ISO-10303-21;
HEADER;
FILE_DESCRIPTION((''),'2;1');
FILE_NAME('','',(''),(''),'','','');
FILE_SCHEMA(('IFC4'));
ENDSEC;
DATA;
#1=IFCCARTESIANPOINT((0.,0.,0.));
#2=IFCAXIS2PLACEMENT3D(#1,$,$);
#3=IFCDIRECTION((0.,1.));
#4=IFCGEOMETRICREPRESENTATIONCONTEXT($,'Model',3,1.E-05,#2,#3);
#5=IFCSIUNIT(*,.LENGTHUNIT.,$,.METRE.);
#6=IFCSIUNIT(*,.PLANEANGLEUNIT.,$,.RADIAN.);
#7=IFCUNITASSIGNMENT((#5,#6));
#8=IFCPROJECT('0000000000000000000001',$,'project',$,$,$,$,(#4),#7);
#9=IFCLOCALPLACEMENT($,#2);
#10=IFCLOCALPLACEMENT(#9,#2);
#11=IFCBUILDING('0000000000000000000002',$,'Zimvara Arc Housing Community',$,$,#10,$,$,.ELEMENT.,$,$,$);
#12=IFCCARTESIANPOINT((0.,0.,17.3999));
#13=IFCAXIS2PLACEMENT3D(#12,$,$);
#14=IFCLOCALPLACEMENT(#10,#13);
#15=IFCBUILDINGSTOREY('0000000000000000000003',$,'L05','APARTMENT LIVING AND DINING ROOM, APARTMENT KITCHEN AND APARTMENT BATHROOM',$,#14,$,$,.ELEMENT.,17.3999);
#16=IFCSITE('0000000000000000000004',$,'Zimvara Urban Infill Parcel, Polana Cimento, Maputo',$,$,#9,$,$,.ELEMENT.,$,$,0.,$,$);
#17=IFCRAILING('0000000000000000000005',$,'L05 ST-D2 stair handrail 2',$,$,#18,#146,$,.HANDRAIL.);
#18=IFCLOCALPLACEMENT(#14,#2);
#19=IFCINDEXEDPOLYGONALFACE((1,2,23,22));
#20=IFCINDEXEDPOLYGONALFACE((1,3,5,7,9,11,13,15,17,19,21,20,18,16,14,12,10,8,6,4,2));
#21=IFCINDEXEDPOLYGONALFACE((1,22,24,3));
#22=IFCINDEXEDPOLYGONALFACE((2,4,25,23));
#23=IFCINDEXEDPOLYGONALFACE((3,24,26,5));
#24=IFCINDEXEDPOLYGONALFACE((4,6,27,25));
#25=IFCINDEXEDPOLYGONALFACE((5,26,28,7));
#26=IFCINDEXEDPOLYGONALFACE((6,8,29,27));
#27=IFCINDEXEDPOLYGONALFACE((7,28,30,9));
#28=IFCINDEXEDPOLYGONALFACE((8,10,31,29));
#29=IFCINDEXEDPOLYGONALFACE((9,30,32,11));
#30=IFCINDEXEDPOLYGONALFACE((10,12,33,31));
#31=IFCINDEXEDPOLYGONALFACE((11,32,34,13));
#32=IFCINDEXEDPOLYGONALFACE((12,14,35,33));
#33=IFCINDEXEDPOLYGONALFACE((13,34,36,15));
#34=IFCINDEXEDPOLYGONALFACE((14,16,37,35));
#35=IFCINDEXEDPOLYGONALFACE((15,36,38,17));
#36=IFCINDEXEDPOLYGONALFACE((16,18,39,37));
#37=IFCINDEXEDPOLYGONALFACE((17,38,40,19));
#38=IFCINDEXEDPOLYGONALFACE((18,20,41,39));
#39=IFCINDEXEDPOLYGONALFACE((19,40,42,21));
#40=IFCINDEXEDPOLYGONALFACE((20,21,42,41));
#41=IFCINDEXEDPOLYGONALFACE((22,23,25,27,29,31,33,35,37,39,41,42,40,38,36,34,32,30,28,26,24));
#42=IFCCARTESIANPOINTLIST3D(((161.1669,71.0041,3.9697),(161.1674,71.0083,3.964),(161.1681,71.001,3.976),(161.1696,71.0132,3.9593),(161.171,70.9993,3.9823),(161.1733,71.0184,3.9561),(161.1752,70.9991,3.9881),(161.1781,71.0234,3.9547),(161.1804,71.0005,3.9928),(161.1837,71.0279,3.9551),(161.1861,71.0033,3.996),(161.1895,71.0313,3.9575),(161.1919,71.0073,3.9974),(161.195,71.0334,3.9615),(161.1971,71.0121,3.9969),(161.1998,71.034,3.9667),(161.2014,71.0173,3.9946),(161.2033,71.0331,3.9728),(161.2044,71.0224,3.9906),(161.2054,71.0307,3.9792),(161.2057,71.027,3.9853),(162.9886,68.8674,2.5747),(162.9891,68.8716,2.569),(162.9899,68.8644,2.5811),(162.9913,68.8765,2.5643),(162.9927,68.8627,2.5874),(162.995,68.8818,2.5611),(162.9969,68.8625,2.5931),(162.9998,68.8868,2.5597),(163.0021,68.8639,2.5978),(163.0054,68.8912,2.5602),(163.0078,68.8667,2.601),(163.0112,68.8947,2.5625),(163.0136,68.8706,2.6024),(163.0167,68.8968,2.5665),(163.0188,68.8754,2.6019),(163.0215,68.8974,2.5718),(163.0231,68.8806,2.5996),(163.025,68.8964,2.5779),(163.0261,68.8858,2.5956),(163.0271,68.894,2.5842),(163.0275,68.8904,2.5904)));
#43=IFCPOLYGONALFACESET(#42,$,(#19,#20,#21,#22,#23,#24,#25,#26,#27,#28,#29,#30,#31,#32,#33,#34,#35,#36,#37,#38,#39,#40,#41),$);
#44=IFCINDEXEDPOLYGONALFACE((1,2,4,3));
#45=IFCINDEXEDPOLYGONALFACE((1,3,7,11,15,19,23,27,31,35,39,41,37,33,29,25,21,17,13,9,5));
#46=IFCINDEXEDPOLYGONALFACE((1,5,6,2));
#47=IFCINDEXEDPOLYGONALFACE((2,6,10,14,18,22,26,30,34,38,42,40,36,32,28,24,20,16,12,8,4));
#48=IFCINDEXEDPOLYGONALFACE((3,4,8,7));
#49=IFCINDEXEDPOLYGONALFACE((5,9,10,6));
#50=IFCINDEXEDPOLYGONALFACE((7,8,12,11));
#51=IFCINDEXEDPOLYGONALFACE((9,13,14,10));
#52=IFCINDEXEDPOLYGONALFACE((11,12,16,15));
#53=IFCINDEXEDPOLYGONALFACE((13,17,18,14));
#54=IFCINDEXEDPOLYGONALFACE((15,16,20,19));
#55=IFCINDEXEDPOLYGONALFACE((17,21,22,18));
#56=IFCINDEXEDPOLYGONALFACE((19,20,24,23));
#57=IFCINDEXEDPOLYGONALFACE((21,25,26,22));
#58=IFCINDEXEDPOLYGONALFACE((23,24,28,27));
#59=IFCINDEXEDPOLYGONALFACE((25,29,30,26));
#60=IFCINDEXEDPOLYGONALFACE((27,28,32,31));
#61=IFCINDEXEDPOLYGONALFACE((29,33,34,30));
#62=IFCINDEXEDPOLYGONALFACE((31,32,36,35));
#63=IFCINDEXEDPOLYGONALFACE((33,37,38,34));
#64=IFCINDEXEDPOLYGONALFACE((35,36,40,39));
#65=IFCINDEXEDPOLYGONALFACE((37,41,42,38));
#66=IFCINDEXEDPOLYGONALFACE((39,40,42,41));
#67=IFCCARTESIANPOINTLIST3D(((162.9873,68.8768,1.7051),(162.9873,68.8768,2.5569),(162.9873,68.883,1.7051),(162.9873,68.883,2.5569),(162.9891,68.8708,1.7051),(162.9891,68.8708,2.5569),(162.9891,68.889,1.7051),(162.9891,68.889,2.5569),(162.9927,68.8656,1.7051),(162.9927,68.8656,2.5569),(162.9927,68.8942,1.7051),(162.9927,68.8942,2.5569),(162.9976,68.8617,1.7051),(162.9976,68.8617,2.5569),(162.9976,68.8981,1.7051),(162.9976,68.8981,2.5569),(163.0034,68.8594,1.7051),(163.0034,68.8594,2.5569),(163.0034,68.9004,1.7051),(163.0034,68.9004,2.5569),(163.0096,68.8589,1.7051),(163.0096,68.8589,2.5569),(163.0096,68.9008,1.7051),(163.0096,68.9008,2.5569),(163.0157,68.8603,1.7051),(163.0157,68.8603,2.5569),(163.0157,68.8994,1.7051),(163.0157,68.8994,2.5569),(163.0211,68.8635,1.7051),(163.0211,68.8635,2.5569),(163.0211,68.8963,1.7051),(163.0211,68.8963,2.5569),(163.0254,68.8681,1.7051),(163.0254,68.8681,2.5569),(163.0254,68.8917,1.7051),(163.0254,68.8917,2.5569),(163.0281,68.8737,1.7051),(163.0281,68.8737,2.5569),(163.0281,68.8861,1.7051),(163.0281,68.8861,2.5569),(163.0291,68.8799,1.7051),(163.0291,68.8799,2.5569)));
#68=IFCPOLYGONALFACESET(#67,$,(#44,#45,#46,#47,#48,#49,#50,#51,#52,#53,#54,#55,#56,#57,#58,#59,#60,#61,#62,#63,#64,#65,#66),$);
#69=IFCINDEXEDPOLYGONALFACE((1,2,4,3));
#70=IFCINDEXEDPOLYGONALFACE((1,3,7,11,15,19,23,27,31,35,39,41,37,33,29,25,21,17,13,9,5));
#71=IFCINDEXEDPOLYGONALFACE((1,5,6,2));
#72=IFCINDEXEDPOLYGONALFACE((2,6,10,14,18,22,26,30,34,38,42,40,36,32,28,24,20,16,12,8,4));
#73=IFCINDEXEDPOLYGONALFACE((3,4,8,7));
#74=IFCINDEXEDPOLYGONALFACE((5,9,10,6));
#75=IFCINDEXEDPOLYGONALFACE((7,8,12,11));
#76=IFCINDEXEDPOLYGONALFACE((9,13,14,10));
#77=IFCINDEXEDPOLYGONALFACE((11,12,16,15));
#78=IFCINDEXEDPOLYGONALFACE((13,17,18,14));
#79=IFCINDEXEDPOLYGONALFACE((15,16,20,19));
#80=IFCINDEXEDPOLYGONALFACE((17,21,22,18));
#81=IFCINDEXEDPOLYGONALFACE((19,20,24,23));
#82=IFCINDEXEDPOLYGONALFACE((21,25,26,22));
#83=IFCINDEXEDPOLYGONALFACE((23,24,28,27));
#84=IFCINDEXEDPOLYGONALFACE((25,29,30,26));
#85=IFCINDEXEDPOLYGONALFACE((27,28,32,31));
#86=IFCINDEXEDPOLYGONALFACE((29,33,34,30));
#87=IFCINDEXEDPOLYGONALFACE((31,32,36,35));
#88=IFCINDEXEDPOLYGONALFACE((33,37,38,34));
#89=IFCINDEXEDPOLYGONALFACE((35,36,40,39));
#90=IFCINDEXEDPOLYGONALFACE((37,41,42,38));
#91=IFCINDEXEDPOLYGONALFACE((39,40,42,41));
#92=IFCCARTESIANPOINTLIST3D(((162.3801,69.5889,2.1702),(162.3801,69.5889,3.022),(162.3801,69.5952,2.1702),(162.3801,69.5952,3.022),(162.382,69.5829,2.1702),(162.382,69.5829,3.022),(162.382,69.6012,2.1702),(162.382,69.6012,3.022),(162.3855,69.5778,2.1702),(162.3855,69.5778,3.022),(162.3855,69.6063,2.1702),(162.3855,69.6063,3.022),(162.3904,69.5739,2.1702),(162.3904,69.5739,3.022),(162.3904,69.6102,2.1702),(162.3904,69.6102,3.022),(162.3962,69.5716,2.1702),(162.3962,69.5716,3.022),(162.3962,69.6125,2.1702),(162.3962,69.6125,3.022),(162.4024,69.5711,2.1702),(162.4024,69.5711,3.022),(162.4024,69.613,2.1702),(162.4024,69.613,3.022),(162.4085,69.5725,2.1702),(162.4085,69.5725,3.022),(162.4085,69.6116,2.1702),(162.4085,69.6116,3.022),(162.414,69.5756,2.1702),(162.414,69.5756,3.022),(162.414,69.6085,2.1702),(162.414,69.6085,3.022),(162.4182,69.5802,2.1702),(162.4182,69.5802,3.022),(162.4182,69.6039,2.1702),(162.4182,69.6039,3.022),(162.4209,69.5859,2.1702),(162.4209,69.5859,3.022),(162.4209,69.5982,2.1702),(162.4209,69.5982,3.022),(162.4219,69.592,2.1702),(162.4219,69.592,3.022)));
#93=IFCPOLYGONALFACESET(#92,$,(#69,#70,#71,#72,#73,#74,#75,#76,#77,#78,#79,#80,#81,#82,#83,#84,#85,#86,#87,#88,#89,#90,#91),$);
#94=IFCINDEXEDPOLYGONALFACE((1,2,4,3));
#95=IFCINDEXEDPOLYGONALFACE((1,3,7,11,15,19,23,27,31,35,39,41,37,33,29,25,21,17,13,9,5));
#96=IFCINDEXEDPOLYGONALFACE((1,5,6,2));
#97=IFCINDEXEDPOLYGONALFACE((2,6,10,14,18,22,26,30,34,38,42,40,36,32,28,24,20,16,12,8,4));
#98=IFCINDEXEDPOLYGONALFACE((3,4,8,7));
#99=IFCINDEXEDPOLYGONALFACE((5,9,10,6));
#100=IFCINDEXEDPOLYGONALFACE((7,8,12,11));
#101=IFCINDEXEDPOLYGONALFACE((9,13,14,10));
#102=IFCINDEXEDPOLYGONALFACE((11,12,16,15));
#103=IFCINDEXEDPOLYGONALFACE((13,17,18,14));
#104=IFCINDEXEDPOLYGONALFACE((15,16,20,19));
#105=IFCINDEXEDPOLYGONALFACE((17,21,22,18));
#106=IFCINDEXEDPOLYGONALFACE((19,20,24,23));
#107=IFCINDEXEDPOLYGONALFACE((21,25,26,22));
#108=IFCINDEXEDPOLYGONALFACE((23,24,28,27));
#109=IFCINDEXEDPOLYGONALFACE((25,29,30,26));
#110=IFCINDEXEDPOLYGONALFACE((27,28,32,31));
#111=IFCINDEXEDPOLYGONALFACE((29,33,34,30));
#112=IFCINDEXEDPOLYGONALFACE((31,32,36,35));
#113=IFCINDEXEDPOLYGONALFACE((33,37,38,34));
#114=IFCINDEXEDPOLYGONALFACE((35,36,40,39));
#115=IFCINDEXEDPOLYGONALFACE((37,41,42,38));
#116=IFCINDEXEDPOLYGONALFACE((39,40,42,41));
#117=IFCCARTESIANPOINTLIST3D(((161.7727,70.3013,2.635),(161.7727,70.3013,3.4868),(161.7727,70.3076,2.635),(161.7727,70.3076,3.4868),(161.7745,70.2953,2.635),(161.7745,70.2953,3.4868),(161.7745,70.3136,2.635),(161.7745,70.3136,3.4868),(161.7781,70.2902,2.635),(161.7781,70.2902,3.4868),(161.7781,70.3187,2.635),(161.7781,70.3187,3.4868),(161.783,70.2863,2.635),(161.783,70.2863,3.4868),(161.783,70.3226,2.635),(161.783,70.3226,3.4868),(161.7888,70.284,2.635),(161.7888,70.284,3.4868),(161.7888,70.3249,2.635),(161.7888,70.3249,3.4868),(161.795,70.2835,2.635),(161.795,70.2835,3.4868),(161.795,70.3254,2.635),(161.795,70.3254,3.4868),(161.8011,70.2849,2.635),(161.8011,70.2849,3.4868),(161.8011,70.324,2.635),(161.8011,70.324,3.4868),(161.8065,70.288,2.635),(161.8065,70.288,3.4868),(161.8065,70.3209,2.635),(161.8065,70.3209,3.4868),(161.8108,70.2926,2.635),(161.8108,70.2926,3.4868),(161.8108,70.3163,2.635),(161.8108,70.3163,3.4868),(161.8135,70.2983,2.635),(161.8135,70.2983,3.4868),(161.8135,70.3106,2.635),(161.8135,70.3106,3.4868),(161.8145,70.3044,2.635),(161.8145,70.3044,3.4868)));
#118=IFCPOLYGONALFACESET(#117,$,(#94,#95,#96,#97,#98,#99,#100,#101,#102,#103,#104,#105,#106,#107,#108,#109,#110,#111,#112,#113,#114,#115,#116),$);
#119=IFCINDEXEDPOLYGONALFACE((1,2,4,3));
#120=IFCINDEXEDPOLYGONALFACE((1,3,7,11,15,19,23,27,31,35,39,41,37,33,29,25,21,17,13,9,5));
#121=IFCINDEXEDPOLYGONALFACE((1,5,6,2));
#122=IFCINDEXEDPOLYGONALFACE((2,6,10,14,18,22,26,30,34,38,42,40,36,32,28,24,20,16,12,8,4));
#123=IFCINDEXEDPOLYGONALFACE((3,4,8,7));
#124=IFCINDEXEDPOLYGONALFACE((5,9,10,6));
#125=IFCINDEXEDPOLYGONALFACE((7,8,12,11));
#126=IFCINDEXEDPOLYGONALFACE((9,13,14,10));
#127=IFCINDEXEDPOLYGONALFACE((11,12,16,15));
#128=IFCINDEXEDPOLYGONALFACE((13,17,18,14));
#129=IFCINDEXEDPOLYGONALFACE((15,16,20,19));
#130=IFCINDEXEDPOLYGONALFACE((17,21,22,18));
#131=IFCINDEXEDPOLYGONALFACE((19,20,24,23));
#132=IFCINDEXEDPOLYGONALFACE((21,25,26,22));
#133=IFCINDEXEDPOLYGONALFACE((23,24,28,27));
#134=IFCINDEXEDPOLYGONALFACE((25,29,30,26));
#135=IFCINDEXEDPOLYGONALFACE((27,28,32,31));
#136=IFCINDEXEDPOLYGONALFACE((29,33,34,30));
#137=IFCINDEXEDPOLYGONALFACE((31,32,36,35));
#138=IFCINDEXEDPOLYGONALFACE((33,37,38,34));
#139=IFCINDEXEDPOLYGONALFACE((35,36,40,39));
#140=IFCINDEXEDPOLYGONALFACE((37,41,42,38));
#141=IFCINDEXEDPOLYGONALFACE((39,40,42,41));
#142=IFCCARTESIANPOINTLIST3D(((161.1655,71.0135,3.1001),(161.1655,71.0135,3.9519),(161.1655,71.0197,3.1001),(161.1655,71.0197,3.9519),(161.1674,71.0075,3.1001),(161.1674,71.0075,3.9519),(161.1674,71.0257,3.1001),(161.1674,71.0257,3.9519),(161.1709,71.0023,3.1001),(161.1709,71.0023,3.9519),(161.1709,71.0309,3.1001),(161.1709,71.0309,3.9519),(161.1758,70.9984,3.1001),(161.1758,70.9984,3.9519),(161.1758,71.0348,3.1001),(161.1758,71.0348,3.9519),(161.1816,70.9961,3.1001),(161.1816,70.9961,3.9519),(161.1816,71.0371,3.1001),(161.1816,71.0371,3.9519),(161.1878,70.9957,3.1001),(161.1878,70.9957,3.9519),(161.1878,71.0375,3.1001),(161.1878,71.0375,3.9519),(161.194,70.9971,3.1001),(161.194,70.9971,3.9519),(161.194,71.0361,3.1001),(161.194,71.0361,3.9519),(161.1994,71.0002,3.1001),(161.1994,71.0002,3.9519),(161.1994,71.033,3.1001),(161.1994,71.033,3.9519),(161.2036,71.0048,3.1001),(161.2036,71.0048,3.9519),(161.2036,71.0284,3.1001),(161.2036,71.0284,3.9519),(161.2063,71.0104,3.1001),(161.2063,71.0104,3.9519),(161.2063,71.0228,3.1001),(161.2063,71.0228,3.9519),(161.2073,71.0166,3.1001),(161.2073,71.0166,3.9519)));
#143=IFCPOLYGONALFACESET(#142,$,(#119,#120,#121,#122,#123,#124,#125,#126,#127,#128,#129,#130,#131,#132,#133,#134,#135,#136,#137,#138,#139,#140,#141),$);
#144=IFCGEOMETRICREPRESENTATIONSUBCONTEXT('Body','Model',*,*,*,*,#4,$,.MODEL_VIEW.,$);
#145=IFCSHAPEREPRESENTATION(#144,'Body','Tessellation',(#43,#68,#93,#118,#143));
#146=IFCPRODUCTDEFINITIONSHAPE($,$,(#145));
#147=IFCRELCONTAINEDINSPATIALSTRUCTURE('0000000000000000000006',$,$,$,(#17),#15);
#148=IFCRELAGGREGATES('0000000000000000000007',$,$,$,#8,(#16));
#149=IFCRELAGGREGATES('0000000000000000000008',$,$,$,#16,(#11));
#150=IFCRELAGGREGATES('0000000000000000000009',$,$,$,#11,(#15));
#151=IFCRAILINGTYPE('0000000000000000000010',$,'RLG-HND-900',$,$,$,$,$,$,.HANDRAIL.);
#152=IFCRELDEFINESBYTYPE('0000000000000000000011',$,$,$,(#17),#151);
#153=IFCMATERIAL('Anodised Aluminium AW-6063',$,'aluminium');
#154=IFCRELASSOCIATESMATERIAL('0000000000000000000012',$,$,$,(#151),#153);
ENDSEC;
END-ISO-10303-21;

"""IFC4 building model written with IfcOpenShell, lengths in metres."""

from ifc_helpers import new_model, si_unit, direction, frame, origin, origin_2d, place, context, subcontext, project, spatial, circle, extrude, material, type_object, element, save


model = new_model("IFC4")

# Units and contexts
model_context = context("Model", 3, precision=1e-05, world=origin(), true_north=direction((0.0, 1.0)))
body_context = subcontext(model_context, "Body", "Model", "MODEL_VIEW")
ifc_project = project(units=[si_unit("LENGTHUNIT", "METRE"), si_unit("PLANEANGLEUNIT", "RADIAN")], contexts=[model_context])

# Site, building, storey
site_placement = place(None, origin())
site = spatial("IfcSite", under=ifc_project, at=site_placement, Name="Zimvara Urban Infill Parcel, Polana Cimento, Maputo", CompositionType="ELEMENT", RefElevation=0.0)
building_placement = place(site_placement, origin())
building = spatial("IfcBuilding", under=site, at=building_placement, Name="Zimvara Arc Housing Community", CompositionType="ELEMENT")
storey_placement = place(building_placement, frame((0.0, 0.0, 17.3999)))
storey = spatial("IfcBuildingStorey", under=building, at=storey_placement, Name="L05", Description="APARTMENT LIVING AND DINING ROOM, APARTMENT KITCHEN AND APARTMENT BATHROOM", CompositionType="ELEMENT", Elevation=17.3999)

# Railing
ifc_material_1 = material(Name="Anodised Aluminium AW-6063", Category="aluminium")
railing_type_1 = type_object("IfcRailingType", Name="RLG-HND-900", PredefinedType="HANDRAIL", material=ifc_material_1)
railing_1_placement = place(storey_placement, frame((163.0081, 68.8799, 1.7051)))
element("IfcRailing", 1, at=railing_1_placement, inside=storey, type_object=railing_type_1, Name="L05 ST-D2 stair handrail 2", PredefinedType="HANDRAIL", context=body_context, shape_type="SweptSolid", body=[
    extrude(circle(Radius=0.0239, at=origin_2d()), frame((0.0, 0.0, 0.876), z_axis=(-0.581041, 0.681489, 0.44493), x_axis=(-0.76096, -0.648799, 0.0)), (0.0, 0.0, 1.0), 3.1353),
    extrude(circle(Radius=0.021, at=origin_2d()), origin(), (0.0, 0.0, 1.0), 0.8518),
    extrude(circle(Radius=0.021, at=origin_2d()), frame((-0.6072, 0.7122, 0.4651)), (0.0, 0.0, 1.0), 0.8518),
    extrude(circle(Radius=0.021, at=origin_2d()), frame((-1.2146, 1.4246, 0.9299)), (0.0, 0.0, 1.0), 0.8518),
    extrude(circle(Radius=0.021, at=origin_2d()), frame((-1.8218, 2.1367, 1.395)), (0.0, 0.0, 1.0), 0.8518),
])

save(model, "model.ifc")
